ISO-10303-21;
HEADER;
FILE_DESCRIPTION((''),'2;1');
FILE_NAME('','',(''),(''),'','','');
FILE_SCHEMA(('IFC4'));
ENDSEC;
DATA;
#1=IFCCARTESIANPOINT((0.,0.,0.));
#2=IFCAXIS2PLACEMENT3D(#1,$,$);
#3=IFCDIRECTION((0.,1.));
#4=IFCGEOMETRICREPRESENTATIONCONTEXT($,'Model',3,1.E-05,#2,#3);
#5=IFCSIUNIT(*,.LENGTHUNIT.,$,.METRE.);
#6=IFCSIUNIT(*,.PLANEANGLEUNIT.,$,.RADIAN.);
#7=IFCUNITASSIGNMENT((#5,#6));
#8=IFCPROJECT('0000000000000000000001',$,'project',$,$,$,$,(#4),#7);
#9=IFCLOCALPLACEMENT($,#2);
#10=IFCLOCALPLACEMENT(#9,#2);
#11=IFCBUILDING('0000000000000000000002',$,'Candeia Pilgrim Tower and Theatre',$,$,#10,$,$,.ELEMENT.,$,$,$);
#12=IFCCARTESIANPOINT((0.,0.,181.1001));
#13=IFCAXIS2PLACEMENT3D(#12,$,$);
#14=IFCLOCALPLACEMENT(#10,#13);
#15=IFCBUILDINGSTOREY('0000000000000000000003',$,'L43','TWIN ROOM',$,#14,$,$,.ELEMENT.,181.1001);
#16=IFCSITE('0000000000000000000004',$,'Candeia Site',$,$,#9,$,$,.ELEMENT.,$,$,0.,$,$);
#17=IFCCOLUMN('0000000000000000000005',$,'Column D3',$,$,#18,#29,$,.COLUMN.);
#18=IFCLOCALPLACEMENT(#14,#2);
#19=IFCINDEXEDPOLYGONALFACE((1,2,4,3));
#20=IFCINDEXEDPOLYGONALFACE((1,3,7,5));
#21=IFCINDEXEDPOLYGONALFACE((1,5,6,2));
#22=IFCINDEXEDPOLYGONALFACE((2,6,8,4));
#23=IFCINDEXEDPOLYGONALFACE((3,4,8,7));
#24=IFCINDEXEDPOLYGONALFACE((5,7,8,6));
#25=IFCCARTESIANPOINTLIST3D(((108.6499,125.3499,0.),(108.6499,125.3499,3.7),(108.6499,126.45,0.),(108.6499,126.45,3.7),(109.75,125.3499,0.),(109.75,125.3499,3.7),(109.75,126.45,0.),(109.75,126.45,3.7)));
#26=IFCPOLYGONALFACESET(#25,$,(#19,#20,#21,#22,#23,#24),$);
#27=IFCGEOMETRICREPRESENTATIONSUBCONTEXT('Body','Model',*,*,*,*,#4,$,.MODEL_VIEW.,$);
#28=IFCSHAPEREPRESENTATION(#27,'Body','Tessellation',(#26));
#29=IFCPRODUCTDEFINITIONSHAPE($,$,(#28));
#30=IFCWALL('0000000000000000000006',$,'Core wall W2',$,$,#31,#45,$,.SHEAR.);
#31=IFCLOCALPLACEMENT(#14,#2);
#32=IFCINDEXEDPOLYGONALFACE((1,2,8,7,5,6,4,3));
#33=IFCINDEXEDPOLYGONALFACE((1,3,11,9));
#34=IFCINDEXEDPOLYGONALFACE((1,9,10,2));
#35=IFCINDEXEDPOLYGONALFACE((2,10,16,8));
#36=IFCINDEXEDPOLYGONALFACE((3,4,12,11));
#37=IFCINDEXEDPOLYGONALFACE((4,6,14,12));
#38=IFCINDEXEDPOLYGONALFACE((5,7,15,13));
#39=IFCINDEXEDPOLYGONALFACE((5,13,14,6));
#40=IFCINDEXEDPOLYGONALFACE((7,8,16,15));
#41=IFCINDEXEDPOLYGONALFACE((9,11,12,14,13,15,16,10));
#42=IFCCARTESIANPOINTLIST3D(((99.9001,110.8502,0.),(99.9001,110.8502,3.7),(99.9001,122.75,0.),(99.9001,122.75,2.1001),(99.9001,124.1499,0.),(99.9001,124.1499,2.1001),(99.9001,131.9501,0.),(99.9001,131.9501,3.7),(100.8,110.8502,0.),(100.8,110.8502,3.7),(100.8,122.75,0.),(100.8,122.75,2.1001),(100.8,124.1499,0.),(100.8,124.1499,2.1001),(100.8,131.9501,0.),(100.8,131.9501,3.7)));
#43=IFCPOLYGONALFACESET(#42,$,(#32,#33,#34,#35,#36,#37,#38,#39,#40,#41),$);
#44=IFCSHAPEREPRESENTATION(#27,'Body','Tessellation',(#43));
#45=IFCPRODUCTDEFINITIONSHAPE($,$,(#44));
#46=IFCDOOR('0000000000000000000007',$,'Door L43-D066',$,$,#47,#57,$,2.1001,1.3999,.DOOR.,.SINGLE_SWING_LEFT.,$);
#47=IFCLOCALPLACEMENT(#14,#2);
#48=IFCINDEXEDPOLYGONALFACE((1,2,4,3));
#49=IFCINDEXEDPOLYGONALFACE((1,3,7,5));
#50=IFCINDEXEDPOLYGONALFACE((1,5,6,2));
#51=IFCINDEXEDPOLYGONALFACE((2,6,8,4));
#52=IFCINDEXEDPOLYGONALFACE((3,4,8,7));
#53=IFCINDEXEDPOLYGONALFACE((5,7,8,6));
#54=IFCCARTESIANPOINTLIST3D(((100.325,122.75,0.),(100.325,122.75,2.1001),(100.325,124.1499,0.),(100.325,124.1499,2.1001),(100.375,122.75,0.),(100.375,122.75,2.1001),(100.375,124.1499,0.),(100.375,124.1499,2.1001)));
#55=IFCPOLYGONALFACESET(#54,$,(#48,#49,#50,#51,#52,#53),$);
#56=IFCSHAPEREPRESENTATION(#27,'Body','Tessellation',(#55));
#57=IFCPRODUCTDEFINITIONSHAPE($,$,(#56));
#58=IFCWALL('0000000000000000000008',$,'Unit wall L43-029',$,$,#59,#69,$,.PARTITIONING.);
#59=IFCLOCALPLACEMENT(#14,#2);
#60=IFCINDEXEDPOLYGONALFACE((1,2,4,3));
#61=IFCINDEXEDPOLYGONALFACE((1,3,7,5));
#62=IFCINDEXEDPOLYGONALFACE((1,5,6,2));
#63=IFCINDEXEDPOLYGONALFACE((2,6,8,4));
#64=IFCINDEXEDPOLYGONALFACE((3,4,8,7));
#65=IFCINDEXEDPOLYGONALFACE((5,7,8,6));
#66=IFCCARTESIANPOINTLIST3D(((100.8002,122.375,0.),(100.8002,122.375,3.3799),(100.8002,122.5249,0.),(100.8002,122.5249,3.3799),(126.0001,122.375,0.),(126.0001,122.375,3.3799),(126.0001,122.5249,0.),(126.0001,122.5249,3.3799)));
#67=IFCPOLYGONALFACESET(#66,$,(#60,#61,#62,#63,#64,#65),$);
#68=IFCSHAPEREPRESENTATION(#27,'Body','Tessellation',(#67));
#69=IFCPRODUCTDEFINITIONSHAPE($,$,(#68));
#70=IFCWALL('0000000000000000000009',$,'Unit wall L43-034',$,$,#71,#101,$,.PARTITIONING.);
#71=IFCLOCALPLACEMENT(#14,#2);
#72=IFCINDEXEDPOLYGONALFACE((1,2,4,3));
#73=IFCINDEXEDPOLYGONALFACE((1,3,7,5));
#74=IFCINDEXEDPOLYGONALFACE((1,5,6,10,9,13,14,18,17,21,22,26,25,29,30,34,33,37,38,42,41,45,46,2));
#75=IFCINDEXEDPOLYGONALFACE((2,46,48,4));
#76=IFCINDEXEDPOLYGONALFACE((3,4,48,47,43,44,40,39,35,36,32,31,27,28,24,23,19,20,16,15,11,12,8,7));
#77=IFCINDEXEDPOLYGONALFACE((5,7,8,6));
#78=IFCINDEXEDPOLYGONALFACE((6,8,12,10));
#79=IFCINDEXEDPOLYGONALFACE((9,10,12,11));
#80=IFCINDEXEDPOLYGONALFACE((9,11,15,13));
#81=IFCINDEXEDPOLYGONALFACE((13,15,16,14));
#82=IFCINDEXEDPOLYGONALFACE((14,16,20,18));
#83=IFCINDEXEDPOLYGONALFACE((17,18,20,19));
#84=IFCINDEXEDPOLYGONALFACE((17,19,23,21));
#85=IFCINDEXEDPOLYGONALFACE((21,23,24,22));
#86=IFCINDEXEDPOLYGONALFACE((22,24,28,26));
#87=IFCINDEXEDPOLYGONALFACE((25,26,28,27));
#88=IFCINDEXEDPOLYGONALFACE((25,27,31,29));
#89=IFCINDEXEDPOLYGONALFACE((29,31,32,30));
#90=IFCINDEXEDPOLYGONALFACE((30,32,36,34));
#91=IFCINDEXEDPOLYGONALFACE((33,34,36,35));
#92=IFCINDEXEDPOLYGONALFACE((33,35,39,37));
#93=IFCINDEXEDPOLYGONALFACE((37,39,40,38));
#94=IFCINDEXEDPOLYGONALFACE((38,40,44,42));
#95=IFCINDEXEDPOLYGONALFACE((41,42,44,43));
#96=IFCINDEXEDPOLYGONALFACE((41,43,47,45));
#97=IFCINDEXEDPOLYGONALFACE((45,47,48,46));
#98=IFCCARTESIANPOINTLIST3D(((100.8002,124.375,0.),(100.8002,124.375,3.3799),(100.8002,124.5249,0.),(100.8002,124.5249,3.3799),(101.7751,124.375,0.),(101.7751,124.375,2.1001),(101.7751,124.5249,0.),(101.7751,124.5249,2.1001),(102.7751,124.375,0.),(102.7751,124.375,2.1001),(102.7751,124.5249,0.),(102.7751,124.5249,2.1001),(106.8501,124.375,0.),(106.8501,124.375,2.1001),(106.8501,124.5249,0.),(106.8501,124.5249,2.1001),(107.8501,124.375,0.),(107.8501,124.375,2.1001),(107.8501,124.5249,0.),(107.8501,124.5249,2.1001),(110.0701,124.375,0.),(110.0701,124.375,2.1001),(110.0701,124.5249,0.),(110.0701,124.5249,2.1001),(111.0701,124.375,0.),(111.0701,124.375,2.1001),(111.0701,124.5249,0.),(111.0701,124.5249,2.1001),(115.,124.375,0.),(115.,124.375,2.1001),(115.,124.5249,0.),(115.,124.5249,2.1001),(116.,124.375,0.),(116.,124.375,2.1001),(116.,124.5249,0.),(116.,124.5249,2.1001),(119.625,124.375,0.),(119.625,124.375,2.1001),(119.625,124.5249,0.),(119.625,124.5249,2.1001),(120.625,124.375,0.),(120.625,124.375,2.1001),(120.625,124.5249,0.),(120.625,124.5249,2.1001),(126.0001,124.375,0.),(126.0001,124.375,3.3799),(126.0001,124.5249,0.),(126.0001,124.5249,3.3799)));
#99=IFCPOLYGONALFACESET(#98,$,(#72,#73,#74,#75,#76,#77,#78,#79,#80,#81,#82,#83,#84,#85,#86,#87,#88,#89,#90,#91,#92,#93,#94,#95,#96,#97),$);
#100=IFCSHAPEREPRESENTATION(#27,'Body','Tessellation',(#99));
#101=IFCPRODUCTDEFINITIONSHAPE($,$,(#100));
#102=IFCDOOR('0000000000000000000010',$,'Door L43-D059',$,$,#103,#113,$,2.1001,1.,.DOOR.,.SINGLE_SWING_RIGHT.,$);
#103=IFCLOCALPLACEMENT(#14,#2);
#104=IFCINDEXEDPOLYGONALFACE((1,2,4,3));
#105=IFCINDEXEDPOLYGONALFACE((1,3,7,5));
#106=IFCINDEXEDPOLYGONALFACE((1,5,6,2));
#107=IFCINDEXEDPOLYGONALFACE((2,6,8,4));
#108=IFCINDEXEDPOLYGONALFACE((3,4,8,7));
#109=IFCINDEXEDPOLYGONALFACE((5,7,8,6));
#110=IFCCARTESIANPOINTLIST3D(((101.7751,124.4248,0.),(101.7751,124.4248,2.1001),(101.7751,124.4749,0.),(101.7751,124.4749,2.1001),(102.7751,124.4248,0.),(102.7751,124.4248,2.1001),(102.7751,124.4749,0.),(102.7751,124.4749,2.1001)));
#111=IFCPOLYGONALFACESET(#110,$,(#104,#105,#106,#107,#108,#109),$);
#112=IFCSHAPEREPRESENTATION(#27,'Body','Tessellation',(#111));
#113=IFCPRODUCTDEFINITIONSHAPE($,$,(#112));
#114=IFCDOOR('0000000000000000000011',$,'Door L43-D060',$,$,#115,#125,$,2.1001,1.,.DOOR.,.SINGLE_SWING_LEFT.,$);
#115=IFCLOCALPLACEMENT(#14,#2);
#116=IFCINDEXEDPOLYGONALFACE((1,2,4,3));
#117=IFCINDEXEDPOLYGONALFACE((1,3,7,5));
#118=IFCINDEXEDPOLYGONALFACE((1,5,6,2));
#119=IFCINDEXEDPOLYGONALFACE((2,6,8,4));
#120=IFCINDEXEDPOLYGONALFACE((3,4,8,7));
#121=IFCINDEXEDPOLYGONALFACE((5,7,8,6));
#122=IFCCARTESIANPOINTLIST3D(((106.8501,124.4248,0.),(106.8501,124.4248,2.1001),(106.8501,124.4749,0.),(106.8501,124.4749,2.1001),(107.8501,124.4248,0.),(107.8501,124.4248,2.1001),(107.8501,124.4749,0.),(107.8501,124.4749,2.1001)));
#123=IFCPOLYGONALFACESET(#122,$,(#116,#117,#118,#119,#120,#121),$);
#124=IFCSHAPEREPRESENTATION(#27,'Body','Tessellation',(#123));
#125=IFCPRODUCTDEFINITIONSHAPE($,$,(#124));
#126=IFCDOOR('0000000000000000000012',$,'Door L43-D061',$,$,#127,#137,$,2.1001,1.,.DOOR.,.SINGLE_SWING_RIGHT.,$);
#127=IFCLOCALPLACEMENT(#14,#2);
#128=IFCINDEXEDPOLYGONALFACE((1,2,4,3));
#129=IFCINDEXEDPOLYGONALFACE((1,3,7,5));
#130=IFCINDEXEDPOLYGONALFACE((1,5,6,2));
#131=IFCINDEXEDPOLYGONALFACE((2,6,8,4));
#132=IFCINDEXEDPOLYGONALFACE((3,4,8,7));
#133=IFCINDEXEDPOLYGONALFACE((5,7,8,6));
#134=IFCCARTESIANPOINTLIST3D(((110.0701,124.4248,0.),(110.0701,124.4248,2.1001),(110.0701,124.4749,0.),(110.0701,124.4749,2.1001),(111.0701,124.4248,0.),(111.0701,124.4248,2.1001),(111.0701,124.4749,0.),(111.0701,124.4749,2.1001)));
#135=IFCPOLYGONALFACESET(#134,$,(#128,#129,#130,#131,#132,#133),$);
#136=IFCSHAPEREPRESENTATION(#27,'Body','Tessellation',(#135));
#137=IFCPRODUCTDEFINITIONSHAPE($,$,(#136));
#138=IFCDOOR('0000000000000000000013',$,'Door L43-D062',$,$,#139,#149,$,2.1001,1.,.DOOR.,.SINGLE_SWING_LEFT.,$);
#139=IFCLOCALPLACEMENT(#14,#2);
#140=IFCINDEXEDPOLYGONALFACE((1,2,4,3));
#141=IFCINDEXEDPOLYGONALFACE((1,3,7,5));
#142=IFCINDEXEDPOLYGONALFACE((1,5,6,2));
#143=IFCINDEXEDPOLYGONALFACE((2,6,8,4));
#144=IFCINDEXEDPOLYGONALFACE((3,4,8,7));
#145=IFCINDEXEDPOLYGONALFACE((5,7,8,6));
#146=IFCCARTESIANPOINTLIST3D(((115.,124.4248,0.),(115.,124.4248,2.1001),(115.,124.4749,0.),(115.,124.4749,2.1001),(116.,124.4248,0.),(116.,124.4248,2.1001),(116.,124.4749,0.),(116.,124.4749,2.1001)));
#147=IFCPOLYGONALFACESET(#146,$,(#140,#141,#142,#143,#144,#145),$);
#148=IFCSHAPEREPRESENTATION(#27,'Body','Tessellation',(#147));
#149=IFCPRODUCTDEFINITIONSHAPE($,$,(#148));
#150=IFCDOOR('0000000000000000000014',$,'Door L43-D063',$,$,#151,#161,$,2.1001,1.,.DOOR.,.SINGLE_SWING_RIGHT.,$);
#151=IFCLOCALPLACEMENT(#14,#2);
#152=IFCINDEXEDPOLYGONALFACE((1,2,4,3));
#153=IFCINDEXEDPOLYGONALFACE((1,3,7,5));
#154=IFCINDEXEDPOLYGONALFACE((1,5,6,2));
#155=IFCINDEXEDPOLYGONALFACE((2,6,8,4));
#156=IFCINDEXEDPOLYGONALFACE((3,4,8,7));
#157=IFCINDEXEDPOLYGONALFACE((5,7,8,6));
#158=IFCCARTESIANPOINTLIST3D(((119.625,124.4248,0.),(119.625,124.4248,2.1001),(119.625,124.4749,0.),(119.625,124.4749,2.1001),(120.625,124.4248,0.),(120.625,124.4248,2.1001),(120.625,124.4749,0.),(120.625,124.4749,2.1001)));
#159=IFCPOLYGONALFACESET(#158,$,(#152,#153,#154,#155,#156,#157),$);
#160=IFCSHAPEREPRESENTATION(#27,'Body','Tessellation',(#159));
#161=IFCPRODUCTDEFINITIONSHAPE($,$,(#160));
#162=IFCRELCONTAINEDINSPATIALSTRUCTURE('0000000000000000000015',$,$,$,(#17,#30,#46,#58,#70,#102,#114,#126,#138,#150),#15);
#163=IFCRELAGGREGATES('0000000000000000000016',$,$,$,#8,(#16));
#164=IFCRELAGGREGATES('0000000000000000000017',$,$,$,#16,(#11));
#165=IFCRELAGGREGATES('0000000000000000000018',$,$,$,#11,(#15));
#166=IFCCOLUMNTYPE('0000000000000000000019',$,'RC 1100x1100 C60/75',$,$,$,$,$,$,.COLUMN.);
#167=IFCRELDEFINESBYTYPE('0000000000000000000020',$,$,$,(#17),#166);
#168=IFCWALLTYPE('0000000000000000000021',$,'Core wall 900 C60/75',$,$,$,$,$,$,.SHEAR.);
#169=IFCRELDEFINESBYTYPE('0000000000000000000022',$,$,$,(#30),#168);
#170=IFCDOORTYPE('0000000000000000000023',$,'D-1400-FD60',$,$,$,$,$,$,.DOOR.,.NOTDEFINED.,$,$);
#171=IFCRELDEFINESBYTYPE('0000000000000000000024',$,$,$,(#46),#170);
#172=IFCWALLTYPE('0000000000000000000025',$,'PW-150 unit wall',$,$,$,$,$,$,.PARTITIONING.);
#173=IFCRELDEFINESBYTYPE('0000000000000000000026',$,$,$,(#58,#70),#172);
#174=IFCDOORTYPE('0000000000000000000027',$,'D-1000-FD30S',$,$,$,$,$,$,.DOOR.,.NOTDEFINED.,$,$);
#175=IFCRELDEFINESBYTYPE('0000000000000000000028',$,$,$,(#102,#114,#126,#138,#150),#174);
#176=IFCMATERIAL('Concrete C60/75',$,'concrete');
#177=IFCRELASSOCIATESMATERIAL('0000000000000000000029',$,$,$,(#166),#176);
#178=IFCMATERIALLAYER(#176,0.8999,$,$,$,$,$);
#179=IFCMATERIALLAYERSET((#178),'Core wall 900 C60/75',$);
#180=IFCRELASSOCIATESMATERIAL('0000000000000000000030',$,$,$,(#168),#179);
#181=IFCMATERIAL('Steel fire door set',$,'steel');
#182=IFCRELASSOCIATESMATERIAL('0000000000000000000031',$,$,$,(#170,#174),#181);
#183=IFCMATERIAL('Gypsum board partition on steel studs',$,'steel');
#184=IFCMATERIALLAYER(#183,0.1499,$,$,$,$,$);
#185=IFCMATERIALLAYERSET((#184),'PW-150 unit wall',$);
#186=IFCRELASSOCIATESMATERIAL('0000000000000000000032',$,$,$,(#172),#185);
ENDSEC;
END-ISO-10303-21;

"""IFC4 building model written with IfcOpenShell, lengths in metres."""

from ifc_helpers import new_model, si_unit, direction, frame, frame_2d, origin, origin_2d, place, context, subcontext, project, spatial, rectangle, extrude, material, layer, layer_set, material_profile, profile_set, type_object, element, fill, save


model = new_model("IFC4")

# Units and contexts
model_context = context("Model", 3, precision=1e-05, world=origin(), true_north=direction((0.0, 1.0)))
body_context = subcontext(model_context, "Body", "Model", "MODEL_VIEW")
ifc_project = project(units=[si_unit("LENGTHUNIT", "METRE"), si_unit("PLANEANGLEUNIT", "RADIAN")], contexts=[model_context])

# Site, building, storey
site_placement = place(None, origin())
site = spatial("IfcSite", under=ifc_project, at=site_placement, Name="Candeia Site", CompositionType="ELEMENT", RefElevation=0.0)
building_placement = place(site_placement, origin())
building = spatial("IfcBuilding", under=site, at=building_placement, Name="Candeia Pilgrim Tower and Theatre", CompositionType="ELEMENT")
storey_placement = place(building_placement, frame((0.0, 0.0, 181.1001)))
storey = spatial("IfcBuildingStorey", under=building, at=storey_placement, Name="L43", Description="TWIN ROOM", CompositionType="ELEMENT", Elevation=181.1001)

# Column
ifc_material_1 = material(Name="Concrete C60/75", Category="concrete")
ifc_material_profile = material_profile(ifc_material_1, rectangle(XDim=1.1001, YDim=1.1001, at=origin_2d()))
ifc_profile_set = profile_set([ifc_material_profile], Name="Concrete C60/75")
column_type = type_object("IfcColumnType", Name="RC 1100x1100 C60/75", PredefinedType="COLUMN", material=ifc_profile_set)
column_placement = place(storey_placement, frame((109.2, 125.8999, 0.0), z_axis=(0.0, 0.0, 1.0), x_axis=(1.0, 0.0, 0.0)))
element("IfcColumn", 1, at=column_placement, inside=storey, type_object=column_type, Name="Column D3", PredefinedType="COLUMN", context=body_context, shape_type="SweptSolid", body=[
    extrude(rectangle(XDim=1.1001, YDim=1.1001, at=origin_2d()), origin(), (0.0, 0.0, 1.0), 3.7),
])

# Wall, opening, door
ifc_layer_1 = layer(ifc_material_1, 0.8999)
ifc_layer_set_1 = layer_set([ifc_layer_1], Name="Core wall 900 C60/75")
wall_type_1 = type_object("IfcWallType", Name="Core wall 900 C60/75", PredefinedType="SHEAR", material=ifc_layer_set_1)
wall_1_placement = place(storey_placement, frame((100.3501, 131.95, 0.0), z_axis=(0.0, 0.0, 1.0), x_axis=(0.0, -1.0, 0.0)))
wall_1 = element("IfcWall", 2, at=wall_1_placement, inside=storey, type_object=wall_type_1, Name="Core wall W2", PredefinedType="SHEAR", context=body_context, shape_type="SweptSolid", body=[
    extrude(rectangle(XDim=21.0999, YDim=0.8999, at=frame_2d((10.5498, 0.0))), origin(), (0.0, 0.0, 1.0), 3.7),
])
opening_1_placement = place(wall_1_placement, frame((7.8, 0.0, 0.0)))
opening_1 = element("IfcOpeningElement", 3, at=opening_1_placement, cuts=wall_1, PredefinedType="OPENING", context=body_context, shape_type="SweptSolid", body=[
    extrude(rectangle(XDim=1.3999, YDim=2.1001, at=frame_2d((0.7, 1.05))), frame((0.0, 0.46, 0.0), z_axis=(0.0, -1.0, 0.0), x_axis=(1.0, 0.0, 0.0)), (0.0, 0.0, 1.0), 0.9199),
])
ifc_material_2 = material(Name="Steel fire door set", Category="steel")
door_type_1 = type_object("IfcDoorType", Name="D-1400-FD60", OperationType="NOTDEFINED", PredefinedType="DOOR", material=ifc_material_2)
door_1_placement = place(opening_1_placement, origin())
door_1 = element("IfcDoor", 4, at=door_1_placement, inside=storey, type_object=door_type_1, Name="Door L43-D066", OperationType="SINGLE_SWING_LEFT", OverallHeight=2.1001, OverallWidth=1.3999, PredefinedType="DOOR", context=body_context, shape_type="SweptSolid", body=[
    extrude(rectangle(XDim=1.3999, YDim=2.1001, at=frame_2d((0.7, 1.05))), frame((0.0, 0.0249, 0.0), z_axis=(0.0, -1.0, 0.0), x_axis=(1.0, 0.0, 0.0)), (0.0, 0.0, 1.0), 0.05),
])
fill(opening_1, door_1)

# Wall
ifc_material_3 = material(Name="Gypsum board partition on steel studs", Category="steel")
ifc_layer_2 = layer(ifc_material_3, 0.1499)
ifc_layer_set_2 = layer_set([ifc_layer_2], Name="PW-150 unit wall")
wall_type_2 = type_object("IfcWallType", Name="PW-150 unit wall", PredefinedType="PARTITIONING", material=ifc_layer_set_2)
wall_2_placement = place(storey_placement, frame((100.8, 122.45, 0.0), z_axis=(0.0, 0.0, 1.0), x_axis=(1.0, 0.0, 0.0)))
element("IfcWall", 5, at=wall_2_placement, inside=storey, type_object=wall_type_2, Name="Unit wall L43-029", PredefinedType="PARTITIONING", context=body_context, shape_type="SweptSolid", body=[
    extrude(rectangle(XDim=25.2, YDim=0.1499, at=frame_2d((12.6001, 0.0))), origin(), (0.0, 0.0, 1.0), 3.3799),
])

# Wall, openings, doors
wall_3_placement = place(storey_placement, frame((100.8, 124.45, 0.0), z_axis=(0.0, 0.0, 1.0), x_axis=(1.0, 0.0, 0.0)))
wall_3 = element("IfcWall", 6, at=wall_3_placement, inside=storey, type_object=wall_type_2, Name="Unit wall L43-034", PredefinedType="PARTITIONING", context=body_context, shape_type="SweptSolid", body=[
    extrude(rectangle(XDim=25.2, YDim=0.1499, at=frame_2d((12.6001, 0.0))), origin(), (0.0, 0.0, 1.0), 3.3799),
])
opening_2_placement = place(wall_3_placement, frame((0.9751, 0.0, 0.0)))
opening_2 = element("IfcOpeningElement", 7, at=opening_2_placement, cuts=wall_3, PredefinedType="OPENING", context=body_context, shape_type="SweptSolid", body=[
    extrude(rectangle(XDim=1.0, YDim=2.1001, at=frame_2d((0.5, 1.05))), frame((0.0, 0.085, 0.0), z_axis=(0.0, -1.0, 0.0), x_axis=(1.0, 0.0, 0.0)), (0.0, 0.0, 1.0), 0.1699),
])
opening_3_placement = place(wall_3_placement, frame((6.05, 0.0, 0.0)))
opening_3 = element("IfcOpeningElement", 8, at=opening_3_placement, cuts=wall_3, PredefinedType="OPENING", context=body_context, shape_type="SweptSolid", body=[
    extrude(rectangle(XDim=1.0, YDim=2.1001, at=frame_2d((0.5, 1.05))), frame((0.0, 0.085, 0.0), z_axis=(0.0, -1.0, 0.0), x_axis=(1.0, 0.0, 0.0)), (0.0, 0.0, 1.0), 0.1699),
])
opening_4_placement = place(wall_3_placement, frame((9.27, 0.0, 0.0)))
opening_4 = element("IfcOpeningElement", 9, at=opening_4_placement, cuts=wall_3, PredefinedType="OPENING", context=body_context, shape_type="SweptSolid", body=[
    extrude(rectangle(XDim=1.0, YDim=2.1001, at=frame_2d((0.5, 1.05))), frame((0.0, 0.085, 0.0), z_axis=(0.0, -1.0, 0.0), x_axis=(1.0, 0.0, 0.0)), (0.0, 0.0, 1.0), 0.1699),
])
opening_5_placement = place(wall_3_placement, frame((14.2, 0.0, 0.0)))
opening_5 = element("IfcOpeningElement", 10, at=opening_5_placement, cuts=wall_3, PredefinedType="OPENING", context=body_context, shape_type="SweptSolid", body=[
    extrude(rectangle(XDim=1.0, YDim=2.1001, at=frame_2d((0.5, 1.05))), frame((0.0, 0.085, 0.0), z_axis=(0.0, -1.0, 0.0), x_axis=(1.0, 0.0, 0.0)), (0.0, 0.0, 1.0), 0.1699),
])
opening_6_placement = place(wall_3_placement, frame((18.825, 0.0, 0.0)))
opening_6 = element("IfcOpeningElement", 11, at=opening_6_placement, cuts=wall_3, PredefinedType="OPENING", context=body_context, shape_type="SweptSolid", body=[
    extrude(rectangle(XDim=1.0, YDim=2.1001, at=frame_2d((0.5, 1.05))), frame((0.0, 0.085, 0.0), z_axis=(0.0, -1.0, 0.0), x_axis=(1.0, 0.0, 0.0)), (0.0, 0.0, 1.0), 0.1699),
])
door_type_2 = type_object("IfcDoorType", Name="D-1000-FD30S", OperationType="NOTDEFINED", PredefinedType="DOOR", material=ifc_material_2)
door_2_placement = place(opening_2_placement, origin())
door_2 = element("IfcDoor", 12, at=door_2_placement, inside=storey, type_object=door_type_2, Name="Door L43-D059", OperationType="SINGLE_SWING_RIGHT", OverallHeight=2.1001, OverallWidth=1.0, PredefinedType="DOOR", context=body_context, shape_type="SweptSolid", body=[
    extrude(rectangle(XDim=1.0, YDim=2.1001, at=frame_2d((0.5, 1.05))), frame((0.0, 0.0249, 0.0), z_axis=(0.0, -1.0, 0.0), x_axis=(1.0, 0.0, 0.0)), (0.0, 0.0, 1.0), 0.05),
])
fill(opening_2, door_2)
door_3_placement = place(opening_3_placement, origin())
door_3 = element("IfcDoor", 13, at=door_3_placement, inside=storey, type_object=door_type_2, Name="Door L43-D060", OperationType="SINGLE_SWING_LEFT", OverallHeight=2.1001, OverallWidth=1.0, PredefinedType="DOOR", context=body_context, shape_type="SweptSolid", body=[
    extrude(rectangle(XDim=1.0, YDim=2.1001, at=frame_2d((0.5, 1.05))), frame((0.0, 0.0249, 0.0), z_axis=(0.0, -1.0, 0.0), x_axis=(1.0, 0.0, 0.0)), (0.0, 0.0, 1.0), 0.05),
])
fill(opening_3, door_3)
door_4_placement = place(opening_4_placement, origin())
door_4 = element("IfcDoor", 14, at=door_4_placement, inside=storey, type_object=door_type_2, Name="Door L43-D061", OperationType="SINGLE_SWING_RIGHT", OverallHeight=2.1001, OverallWidth=1.0, PredefinedType="DOOR", context=body_context, shape_type="SweptSolid", body=[
    extrude(rectangle(XDim=1.0, YDim=2.1001, at=frame_2d((0.5, 1.05))), frame((0.0, 0.0249, 0.0), z_axis=(0.0, -1.0, 0.0), x_axis=(1.0, 0.0, 0.0)), (0.0, 0.0, 1.0), 0.05),
])
fill(opening_4, door_4)
door_5_placement = place(opening_5_placement, origin())
door_5 = element("IfcDoor", 15, at=door_5_placement, inside=storey, type_object=door_type_2, Name="Door L43-D062", OperationType="SINGLE_SWING_LEFT", OverallHeight=2.1001, OverallWidth=1.0, PredefinedType="DOOR", context=body_context, shape_type="SweptSolid", body=[
    extrude(rectangle(XDim=1.0, YDim=2.1001, at=frame_2d((0.5, 1.05))), frame((0.0, 0.0249, 0.0), z_axis=(0.0, -1.0, 0.0), x_axis=(1.0, 0.0, 0.0)), (0.0, 0.0, 1.0), 0.05),
])
fill(opening_5, door_5)
door_6_placement = place(opening_6_placement, origin())
door_6 = element("IfcDoor", 16, at=door_6_placement, inside=storey, type_object=door_type_2, Name="Door L43-D063", OperationType="SINGLE_SWING_RIGHT", OverallHeight=2.1001, OverallWidth=1.0, PredefinedType="DOOR", context=body_context, shape_type="SweptSolid", body=[
    extrude(rectangle(XDim=1.0, YDim=2.1001, at=frame_2d((0.5, 1.05))), frame((0.0, 0.0249, 0.0), z_axis=(0.0, -1.0, 0.0), x_axis=(1.0, 0.0, 0.0)), (0.0, 0.0, 1.0), 0.05),
])
fill(opening_6, door_6)

save(model, "model.ifc")
